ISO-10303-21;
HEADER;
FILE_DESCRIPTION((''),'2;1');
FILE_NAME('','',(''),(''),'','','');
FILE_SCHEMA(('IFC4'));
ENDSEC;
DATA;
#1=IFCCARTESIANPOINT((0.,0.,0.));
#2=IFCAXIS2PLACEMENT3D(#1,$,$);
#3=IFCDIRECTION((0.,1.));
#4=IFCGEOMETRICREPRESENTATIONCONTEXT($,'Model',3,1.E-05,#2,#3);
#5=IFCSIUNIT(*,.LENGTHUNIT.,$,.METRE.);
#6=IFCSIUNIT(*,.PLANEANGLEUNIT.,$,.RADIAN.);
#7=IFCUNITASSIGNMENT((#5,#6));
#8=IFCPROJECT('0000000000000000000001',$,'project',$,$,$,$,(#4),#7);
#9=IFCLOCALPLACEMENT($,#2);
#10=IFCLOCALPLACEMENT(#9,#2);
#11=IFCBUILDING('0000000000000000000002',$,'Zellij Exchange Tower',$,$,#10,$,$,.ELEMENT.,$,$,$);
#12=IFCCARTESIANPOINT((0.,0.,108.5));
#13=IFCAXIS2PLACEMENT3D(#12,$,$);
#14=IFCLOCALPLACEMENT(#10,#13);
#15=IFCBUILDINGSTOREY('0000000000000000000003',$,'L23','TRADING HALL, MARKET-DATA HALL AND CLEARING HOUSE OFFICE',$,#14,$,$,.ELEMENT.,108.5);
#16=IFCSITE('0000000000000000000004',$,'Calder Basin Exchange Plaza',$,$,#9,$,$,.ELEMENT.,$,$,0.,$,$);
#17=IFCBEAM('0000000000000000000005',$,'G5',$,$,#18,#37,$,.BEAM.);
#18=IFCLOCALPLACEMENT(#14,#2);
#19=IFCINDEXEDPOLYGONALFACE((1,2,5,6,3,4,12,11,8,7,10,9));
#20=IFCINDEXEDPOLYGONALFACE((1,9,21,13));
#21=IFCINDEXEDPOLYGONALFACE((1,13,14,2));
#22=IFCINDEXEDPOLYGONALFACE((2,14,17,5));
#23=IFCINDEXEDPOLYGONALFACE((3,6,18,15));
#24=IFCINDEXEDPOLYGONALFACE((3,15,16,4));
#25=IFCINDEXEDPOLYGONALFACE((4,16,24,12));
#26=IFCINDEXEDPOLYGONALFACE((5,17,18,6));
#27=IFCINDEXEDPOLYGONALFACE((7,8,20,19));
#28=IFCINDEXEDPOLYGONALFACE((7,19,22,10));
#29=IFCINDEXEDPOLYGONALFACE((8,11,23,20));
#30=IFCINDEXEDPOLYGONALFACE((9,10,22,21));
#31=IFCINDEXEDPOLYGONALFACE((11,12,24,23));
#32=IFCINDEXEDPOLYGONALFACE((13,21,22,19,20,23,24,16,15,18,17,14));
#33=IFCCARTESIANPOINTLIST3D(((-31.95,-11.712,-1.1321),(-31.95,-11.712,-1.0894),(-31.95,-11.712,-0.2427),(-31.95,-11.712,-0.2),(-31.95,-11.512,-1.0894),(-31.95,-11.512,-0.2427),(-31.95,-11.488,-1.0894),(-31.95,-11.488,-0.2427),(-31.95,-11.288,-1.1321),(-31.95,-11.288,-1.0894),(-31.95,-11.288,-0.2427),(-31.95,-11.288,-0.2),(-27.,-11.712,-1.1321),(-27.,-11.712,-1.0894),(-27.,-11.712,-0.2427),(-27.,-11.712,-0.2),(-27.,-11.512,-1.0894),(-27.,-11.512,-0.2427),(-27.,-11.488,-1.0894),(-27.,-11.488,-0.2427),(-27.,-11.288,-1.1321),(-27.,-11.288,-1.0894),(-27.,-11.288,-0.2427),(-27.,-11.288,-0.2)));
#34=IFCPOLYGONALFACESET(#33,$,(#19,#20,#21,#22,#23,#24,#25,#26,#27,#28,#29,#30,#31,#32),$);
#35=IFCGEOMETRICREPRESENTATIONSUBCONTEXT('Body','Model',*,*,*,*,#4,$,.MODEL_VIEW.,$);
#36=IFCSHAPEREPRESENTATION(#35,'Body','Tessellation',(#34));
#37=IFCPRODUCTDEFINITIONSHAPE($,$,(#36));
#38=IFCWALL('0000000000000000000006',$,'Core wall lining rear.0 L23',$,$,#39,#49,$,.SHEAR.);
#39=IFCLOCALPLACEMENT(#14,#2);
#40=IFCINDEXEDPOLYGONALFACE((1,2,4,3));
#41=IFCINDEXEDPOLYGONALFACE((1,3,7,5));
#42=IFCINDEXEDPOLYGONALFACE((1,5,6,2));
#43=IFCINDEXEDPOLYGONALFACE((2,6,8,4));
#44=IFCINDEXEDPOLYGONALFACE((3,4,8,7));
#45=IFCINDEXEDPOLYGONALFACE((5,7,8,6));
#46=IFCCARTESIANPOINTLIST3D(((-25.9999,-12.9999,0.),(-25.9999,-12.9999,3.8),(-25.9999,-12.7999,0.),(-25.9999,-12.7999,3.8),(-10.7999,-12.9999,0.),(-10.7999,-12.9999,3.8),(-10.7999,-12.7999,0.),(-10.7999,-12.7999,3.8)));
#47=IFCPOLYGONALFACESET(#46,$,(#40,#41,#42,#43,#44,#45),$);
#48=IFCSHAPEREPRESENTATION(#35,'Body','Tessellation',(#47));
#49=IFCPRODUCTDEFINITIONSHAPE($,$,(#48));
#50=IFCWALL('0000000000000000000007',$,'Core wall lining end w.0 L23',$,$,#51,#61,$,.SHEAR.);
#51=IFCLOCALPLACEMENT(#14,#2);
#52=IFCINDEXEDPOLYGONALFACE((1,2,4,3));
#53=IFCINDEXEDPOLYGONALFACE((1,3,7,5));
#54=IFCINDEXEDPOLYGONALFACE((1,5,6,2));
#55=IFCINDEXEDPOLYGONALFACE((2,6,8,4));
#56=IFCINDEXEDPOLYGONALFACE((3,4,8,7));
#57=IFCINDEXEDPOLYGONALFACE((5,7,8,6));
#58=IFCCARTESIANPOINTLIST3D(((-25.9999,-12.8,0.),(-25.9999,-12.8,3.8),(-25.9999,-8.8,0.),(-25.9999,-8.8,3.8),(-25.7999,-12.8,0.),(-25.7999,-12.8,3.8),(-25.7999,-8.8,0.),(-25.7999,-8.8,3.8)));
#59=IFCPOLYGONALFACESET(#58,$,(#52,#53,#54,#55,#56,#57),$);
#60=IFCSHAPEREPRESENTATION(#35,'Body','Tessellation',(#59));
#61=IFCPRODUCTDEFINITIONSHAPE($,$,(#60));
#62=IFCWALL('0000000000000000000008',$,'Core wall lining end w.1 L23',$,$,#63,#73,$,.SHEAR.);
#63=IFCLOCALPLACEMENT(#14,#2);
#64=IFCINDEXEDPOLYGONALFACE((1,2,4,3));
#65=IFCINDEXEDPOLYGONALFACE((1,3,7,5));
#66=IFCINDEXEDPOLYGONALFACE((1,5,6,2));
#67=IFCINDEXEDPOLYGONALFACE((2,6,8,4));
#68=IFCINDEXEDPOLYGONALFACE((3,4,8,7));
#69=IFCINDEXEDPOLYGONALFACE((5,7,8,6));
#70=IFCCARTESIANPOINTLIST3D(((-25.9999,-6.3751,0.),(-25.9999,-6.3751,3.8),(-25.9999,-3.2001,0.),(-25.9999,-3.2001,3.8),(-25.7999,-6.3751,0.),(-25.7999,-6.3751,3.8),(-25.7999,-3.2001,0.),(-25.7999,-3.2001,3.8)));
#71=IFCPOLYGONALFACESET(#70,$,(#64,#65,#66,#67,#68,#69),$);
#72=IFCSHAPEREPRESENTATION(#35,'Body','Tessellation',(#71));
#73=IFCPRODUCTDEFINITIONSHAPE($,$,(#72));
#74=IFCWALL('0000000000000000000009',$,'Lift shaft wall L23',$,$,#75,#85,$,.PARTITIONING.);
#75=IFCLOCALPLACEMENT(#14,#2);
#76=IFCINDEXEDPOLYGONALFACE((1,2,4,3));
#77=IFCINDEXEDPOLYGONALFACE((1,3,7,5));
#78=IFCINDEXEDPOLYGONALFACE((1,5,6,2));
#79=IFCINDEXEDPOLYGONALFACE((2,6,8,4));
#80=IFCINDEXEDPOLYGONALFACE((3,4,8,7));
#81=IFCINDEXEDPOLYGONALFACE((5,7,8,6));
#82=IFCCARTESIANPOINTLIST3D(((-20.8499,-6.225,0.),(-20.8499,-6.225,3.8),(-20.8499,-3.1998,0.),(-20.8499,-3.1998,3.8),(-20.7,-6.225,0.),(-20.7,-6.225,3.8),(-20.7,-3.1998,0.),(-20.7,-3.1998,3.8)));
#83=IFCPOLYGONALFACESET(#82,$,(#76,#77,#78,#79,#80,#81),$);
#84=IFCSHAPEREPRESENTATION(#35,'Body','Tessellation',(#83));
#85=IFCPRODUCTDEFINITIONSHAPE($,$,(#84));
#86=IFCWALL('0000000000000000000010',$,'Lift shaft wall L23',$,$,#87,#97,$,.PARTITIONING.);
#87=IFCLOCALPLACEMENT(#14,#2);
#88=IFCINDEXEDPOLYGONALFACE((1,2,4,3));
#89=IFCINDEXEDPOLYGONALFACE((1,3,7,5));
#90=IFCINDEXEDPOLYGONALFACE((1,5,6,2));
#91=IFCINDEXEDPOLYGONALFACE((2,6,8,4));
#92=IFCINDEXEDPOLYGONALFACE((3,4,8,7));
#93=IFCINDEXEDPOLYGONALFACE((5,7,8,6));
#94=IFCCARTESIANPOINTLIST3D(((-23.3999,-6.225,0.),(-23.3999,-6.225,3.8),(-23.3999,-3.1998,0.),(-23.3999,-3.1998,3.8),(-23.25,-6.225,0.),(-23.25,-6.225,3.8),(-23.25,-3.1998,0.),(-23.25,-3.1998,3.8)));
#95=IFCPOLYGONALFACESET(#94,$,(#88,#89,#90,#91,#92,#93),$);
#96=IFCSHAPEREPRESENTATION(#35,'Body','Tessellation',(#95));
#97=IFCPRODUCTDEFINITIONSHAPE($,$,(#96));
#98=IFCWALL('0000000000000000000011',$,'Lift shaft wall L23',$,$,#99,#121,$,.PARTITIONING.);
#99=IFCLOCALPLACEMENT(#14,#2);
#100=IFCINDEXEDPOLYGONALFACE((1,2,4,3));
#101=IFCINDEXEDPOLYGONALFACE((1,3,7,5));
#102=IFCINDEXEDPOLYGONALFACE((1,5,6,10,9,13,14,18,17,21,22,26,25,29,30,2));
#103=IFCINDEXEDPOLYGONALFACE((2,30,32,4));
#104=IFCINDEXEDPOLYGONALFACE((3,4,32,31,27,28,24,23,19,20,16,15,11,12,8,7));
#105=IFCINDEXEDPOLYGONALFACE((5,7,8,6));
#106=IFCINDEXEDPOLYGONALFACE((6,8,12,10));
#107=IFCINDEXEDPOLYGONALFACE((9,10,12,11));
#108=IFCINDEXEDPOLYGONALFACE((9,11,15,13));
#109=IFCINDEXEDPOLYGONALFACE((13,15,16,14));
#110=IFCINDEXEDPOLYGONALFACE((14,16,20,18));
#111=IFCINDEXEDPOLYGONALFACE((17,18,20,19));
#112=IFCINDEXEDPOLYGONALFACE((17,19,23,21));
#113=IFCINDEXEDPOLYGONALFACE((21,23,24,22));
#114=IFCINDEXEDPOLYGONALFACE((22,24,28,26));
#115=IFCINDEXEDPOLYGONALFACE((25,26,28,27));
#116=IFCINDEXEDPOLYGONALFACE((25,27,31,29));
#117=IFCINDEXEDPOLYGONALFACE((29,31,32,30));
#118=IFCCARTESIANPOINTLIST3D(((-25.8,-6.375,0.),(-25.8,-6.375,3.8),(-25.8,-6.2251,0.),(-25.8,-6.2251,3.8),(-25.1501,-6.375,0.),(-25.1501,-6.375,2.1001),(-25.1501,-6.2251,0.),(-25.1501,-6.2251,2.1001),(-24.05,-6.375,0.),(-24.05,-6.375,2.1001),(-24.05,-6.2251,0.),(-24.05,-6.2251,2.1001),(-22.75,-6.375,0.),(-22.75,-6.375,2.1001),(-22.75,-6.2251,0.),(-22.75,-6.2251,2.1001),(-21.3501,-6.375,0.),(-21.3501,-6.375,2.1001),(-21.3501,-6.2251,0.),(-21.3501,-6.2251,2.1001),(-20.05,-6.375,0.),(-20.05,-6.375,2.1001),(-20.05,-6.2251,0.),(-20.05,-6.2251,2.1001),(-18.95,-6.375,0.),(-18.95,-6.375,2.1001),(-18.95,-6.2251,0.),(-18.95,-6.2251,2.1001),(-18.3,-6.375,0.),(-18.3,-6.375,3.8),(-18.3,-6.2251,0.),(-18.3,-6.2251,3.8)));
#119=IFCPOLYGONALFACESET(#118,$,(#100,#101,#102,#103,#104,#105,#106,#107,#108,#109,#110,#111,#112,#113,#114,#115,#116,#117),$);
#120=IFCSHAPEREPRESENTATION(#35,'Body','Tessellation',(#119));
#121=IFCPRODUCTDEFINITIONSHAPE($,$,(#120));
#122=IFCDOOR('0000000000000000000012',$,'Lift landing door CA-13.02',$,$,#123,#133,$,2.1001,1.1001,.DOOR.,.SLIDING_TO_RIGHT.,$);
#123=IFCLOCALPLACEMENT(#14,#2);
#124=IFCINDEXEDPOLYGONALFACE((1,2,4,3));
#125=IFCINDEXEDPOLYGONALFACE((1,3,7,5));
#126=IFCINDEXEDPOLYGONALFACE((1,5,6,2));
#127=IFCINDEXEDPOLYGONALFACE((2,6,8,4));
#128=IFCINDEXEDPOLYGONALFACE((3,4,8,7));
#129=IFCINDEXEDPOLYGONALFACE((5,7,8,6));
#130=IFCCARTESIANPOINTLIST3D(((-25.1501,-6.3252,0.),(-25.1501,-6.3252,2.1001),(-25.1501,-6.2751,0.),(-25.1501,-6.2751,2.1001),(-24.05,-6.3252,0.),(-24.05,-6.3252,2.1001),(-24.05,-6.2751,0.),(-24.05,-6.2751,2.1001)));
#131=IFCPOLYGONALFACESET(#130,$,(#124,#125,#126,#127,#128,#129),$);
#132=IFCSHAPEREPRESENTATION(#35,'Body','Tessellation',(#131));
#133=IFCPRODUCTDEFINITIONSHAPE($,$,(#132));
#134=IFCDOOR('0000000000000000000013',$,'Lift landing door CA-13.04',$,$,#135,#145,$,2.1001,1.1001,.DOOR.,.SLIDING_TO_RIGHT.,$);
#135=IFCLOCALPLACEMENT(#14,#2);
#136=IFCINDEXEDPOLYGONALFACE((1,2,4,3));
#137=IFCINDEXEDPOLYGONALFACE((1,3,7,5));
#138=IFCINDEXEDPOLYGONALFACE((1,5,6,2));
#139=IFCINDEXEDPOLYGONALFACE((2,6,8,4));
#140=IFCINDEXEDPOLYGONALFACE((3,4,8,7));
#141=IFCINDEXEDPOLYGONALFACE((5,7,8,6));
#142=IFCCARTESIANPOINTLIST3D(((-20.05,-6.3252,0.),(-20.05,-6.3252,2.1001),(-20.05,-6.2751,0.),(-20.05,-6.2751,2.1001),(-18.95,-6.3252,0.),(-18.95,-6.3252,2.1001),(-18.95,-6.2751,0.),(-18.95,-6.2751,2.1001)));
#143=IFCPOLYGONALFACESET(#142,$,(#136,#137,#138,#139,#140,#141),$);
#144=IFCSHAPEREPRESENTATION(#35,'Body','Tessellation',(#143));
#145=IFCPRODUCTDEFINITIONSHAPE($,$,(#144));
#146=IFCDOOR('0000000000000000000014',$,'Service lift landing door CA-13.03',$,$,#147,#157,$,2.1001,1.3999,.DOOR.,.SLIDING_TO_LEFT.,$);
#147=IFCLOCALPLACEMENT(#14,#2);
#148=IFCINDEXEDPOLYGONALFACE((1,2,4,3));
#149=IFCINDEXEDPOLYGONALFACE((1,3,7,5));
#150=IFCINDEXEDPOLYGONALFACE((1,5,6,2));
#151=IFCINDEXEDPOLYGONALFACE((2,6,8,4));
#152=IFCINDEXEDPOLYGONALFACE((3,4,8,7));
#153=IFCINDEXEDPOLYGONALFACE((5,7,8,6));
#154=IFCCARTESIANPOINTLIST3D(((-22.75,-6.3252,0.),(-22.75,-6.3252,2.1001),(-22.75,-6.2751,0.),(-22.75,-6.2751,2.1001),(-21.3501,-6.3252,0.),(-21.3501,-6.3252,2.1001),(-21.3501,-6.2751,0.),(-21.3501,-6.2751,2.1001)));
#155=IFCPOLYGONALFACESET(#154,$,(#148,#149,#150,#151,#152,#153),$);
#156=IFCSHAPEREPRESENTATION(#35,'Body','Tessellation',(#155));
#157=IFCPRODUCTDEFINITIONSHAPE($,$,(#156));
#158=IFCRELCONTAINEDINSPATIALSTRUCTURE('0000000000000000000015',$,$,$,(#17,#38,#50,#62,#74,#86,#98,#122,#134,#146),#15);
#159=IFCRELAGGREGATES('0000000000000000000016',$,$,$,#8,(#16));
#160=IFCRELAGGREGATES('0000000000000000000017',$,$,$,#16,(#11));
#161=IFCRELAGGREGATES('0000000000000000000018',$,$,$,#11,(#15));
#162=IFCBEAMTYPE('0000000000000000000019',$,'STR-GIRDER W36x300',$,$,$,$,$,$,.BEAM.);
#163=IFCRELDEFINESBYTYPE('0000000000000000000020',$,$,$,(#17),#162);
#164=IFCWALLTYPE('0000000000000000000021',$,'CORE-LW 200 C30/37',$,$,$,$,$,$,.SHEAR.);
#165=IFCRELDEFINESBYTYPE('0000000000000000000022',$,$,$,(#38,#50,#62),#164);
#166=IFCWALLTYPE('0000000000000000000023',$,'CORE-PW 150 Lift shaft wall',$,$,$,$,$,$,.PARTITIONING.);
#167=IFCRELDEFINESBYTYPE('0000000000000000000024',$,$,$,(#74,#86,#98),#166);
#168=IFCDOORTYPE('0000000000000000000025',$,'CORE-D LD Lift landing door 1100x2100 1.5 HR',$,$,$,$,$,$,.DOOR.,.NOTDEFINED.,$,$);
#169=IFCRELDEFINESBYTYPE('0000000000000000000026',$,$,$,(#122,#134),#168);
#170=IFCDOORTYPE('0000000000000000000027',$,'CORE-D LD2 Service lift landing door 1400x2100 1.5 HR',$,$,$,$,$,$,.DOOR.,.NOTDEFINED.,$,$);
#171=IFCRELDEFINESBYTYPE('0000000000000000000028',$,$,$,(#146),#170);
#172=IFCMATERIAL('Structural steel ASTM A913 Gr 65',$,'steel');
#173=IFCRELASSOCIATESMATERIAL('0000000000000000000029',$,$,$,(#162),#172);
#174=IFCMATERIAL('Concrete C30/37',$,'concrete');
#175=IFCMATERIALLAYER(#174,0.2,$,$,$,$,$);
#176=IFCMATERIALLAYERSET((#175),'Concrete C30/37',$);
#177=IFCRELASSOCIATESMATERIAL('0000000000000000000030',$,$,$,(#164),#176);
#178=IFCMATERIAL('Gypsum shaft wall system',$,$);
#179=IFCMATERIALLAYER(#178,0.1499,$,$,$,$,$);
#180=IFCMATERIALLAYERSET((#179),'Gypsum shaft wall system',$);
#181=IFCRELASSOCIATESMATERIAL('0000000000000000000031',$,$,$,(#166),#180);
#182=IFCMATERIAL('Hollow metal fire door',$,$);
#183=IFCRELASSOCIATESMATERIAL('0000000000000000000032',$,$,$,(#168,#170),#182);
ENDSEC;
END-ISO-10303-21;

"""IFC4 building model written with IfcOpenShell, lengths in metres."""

from ifc_helpers import new_model, si_unit, direction, frame, frame_2d, origin, origin_2d, place, context, subcontext, project, spatial, rectangle, i_section, extrude, material, layer, layer_set, material_profile, profile_set, type_object, element, fill, save


model = new_model("IFC4")

# Units and contexts
model_context = context("Model", 3, precision=1e-05, world=origin(), true_north=direction((0.0, 1.0)))
body_context = subcontext(model_context, "Body", "Model", "MODEL_VIEW")
ifc_project = project(units=[si_unit("LENGTHUNIT", "METRE"), si_unit("PLANEANGLEUNIT", "RADIAN")], contexts=[model_context])

# Site, building, storey
site_placement = place(None, origin())
site = spatial("IfcSite", under=ifc_project, at=site_placement, Name="Calder Basin Exchange Plaza", CompositionType="ELEMENT", RefElevation=0.0)
building_placement = place(site_placement, origin())
building = spatial("IfcBuilding", under=site, at=building_placement, Name="Zellij Exchange Tower", CompositionType="ELEMENT")
storey_placement = place(building_placement, frame((0.0, 0.0, 108.5)))
storey = spatial("IfcBuildingStorey", under=building, at=storey_placement, Name="L23", Description="TRADING HALL, MARKET-DATA HALL AND CLEARING HOUSE OFFICE", CompositionType="ELEMENT", Elevation=108.5)

# Beam
ifc_material_1 = material(Name="Structural steel ASTM A913 Gr 65", Category="steel")
ifc_material_profile = material_profile(ifc_material_1, i_section(OverallWidth=0.4241, OverallDepth=0.9321, WebThickness=0.0239, FlangeThickness=0.0427, at=origin_2d()), Name="W36x300")
ifc_profile_set = profile_set([ifc_material_profile], Name="Structural steel ASTM A913 Gr 65")
beam_type = type_object("IfcBeamType", Name="STR-GIRDER W36x300", PredefinedType="BEAM", material=ifc_profile_set)
beam_placement = place(storey_placement, frame((-31.95, -11.5, -0.666), z_axis=(1.0, 0.0, 0.0), x_axis=(0.0, 1.0, 0.0)))
element("IfcBeam", 1, at=beam_placement, inside=storey, type_object=beam_type, Name="G5", PredefinedType="BEAM", context=body_context, shape_type="SweptSolid", body=[
    extrude(i_section(OverallWidth=0.4241, OverallDepth=0.9321, WebThickness=0.0239, FlangeThickness=0.0427, at=origin_2d()), origin(), (0.0, 0.0, 1.0), 4.95),
])

# Walls
ifc_material_2 = material(Name="Concrete C30/37", Category="concrete")
ifc_layer_1 = layer(ifc_material_2, 0.2)
ifc_layer_set_1 = layer_set([ifc_layer_1], Name="Concrete C30/37")
wall_type_1 = type_object("IfcWallType", Name="CORE-LW 200 C30/37", PredefinedType="SHEAR", material=ifc_layer_set_1)
wall_1_placement = place(storey_placement, frame((-26.0, -12.8999, 0.0), z_axis=(0.0, 0.0, 1.0), x_axis=(1.0, 0.0, 0.0)))
element("IfcWall", 2, at=wall_1_placement, inside=storey, type_object=wall_type_1, Name="Core wall lining rear.0 L23", PredefinedType="SHEAR", context=body_context, shape_type="SweptSolid", body=[
    extrude(rectangle(XDim=15.2, YDim=0.2, at=frame_2d((7.6001, 0.0))), origin(), (0.0, 0.0, 1.0), 3.8),
])
wall_2_placement = place(storey_placement, frame((-25.8999, -12.8, 0.0), z_axis=(0.0, 0.0, 1.0), x_axis=(0.0, 1.0, 0.0)))
element("IfcWall", 3, at=wall_2_placement, inside=storey, type_object=wall_type_1, Name="Core wall lining end w.0 L23", PredefinedType="SHEAR", context=body_context, shape_type="SweptSolid", body=[
    extrude(rectangle(XDim=4.0, YDim=0.2, at=frame_2d((2.0, 0.0))), origin(), (0.0, 0.0, 1.0), 3.8),
])
wall_3_placement = place(storey_placement, frame((-25.8999, -6.375, 0.0), z_axis=(0.0, 0.0, 1.0), x_axis=(0.0, 1.0, 0.0)))
element("IfcWall", 4, at=wall_3_placement, inside=storey, type_object=wall_type_1, Name="Core wall lining end w.1 L23", PredefinedType="SHEAR", context=body_context, shape_type="SweptSolid", body=[
    extrude(rectangle(XDim=3.175, YDim=0.2, at=frame_2d((1.5874, 0.0))), origin(), (0.0, 0.0, 1.0), 3.8),
])
ifc_material_3 = material(Name="Gypsum shaft wall system")
ifc_layer_2 = layer(ifc_material_3, 0.1499)
ifc_layer_set_2 = layer_set([ifc_layer_2], Name="Gypsum shaft wall system")
wall_type_2 = type_object("IfcWallType", Name="CORE-PW 150 Lift shaft wall", PredefinedType="PARTITIONING", material=ifc_layer_set_2)
for number, where, z_axis, x_axis, name in (
    (5, (-20.7749, -6.2251, 0.0), (0.0, 0.0, 1.0), (0.0, 1.0, 0.0), "Lift shaft wall L23"),
    (6, (-23.325, -6.2251, 0.0), (0.0, 0.0, 1.0), (0.0, 1.0, 0.0), "Lift shaft wall L23"),
):
    element("IfcWall", number, at=place(storey_placement, frame(where, z_axis=z_axis, x_axis=x_axis)), inside=storey, type_object=wall_type_2, Name=name, PredefinedType="PARTITIONING", context=body_context, shape_type="SweptSolid", body=[
        extrude(rectangle(XDim=3.0251, YDim=0.1499, at=frame_2d((1.5127, 0.0))), origin(), (0.0, 0.0, 1.0), 3.8),
    ])

# Wall, openings, doors
wall_4_placement = place(storey_placement, frame((-25.8, -6.3, 0.0), z_axis=(0.0, 0.0, 1.0), x_axis=(1.0, 0.0, 0.0)))
wall_4 = element("IfcWall", 7, at=wall_4_placement, inside=storey, type_object=wall_type_2, Name="Lift shaft wall L23", PredefinedType="PARTITIONING", context=body_context, shape_type="SweptSolid", body=[
    extrude(rectangle(XDim=7.5, YDim=0.1499, at=frame_2d((3.75, 0.0))), origin(), (0.0, 0.0, 1.0), 3.8),
])
opening_1_placement = place(wall_4_placement, frame((0.6499, 0.0, 0.0)))
opening_1 = element("IfcOpeningElement", 8, at=opening_1_placement, cuts=wall_4, PredefinedType="OPENING", context=body_context, shape_type="SweptSolid", body=[
    extrude(rectangle(XDim=1.1001, YDim=2.1001, at=frame_2d((0.55, 1.05))), frame((0.0, 0.0869, 0.0), z_axis=(0.0, -1.0, 0.0), x_axis=(1.0, 0.0, 0.0)), (0.0, 0.0, 1.0), 0.1738),
])
opening_2_placement = place(wall_4_placement, frame((3.05, 0.0, 0.0)))
opening_2 = element("IfcOpeningElement", 9, at=opening_2_placement, cuts=wall_4, PredefinedType="OPENING", context=body_context, shape_type="SweptSolid", body=[
    extrude(rectangle(XDim=1.3999, YDim=2.1001, at=frame_2d((0.7, 1.05))), frame((0.0, 0.0869, 0.0), z_axis=(0.0, -1.0, 0.0), x_axis=(1.0, 0.0, 0.0)), (0.0, 0.0, 1.0), 0.1738),
])
opening_3_placement = place(wall_4_placement, frame((5.75, 0.0, 0.0)))
opening_3 = element("IfcOpeningElement", 10, at=opening_3_placement, cuts=wall_4, PredefinedType="OPENING", context=body_context, shape_type="SweptSolid", body=[
    extrude(rectangle(XDim=1.1001, YDim=2.1001, at=frame_2d((0.55, 1.05))), frame((0.0, 0.0869, 0.0), z_axis=(0.0, -1.0, 0.0), x_axis=(1.0, 0.0, 0.0)), (0.0, 0.0, 1.0), 0.1738),
])
ifc_material_4 = material(Name="Hollow metal fire door")
door_type_1 = type_object("IfcDoorType", Name="CORE-D LD Lift landing door 1100x2100 1.5 HR", OperationType="NOTDEFINED", PredefinedType="DOOR", material=ifc_material_4)
door_1_placement = place(opening_1_placement, origin())
door_1 = element("IfcDoor", 11, at=door_1_placement, inside=storey, type_object=door_type_1, Name="Lift landing door CA-13.02", OperationType="SLIDING_TO_RIGHT", OverallHeight=2.1001, OverallWidth=1.1001, PredefinedType="DOOR", context=body_context, shape_type="SweptSolid", body=[
    extrude(rectangle(XDim=1.1001, YDim=2.1001, at=frame_2d((0.55, 1.05))), frame((0.0, 0.0249, 0.0), z_axis=(0.0, -1.0, 0.0), x_axis=(1.0, 0.0, 0.0)), (0.0, 0.0, 1.0), 0.05),
])
fill(opening_1, door_1)
door_2_placement = place(opening_3_placement, origin())
door_2 = element("IfcDoor", 12, at=door_2_placement, inside=storey, type_object=door_type_1, Name="Lift landing door CA-13.04", OperationType="SLIDING_TO_RIGHT", OverallHeight=2.1001, OverallWidth=1.1001, PredefinedType="DOOR", context=body_context, shape_type="SweptSolid", body=[
    extrude(rectangle(XDim=1.1001, YDim=2.1001, at=frame_2d((0.55, 1.05))), frame((0.0, 0.0249, 0.0), z_axis=(0.0, -1.0, 0.0), x_axis=(1.0, 0.0, 0.0)), (0.0, 0.0, 1.0), 0.05),
])
fill(opening_3, door_2)
door_type_2 = type_object("IfcDoorType", Name="CORE-D LD2 Service lift landing door 1400x2100 1.5 HR", OperationType="NOTDEFINED", PredefinedType="DOOR", material=ifc_material_4)
door_3_placement = place(opening_2_placement, origin())
door_3 = element("IfcDoor", 13, at=door_3_placement, inside=storey, type_object=door_type_2, Name="Service lift landing door CA-13.03", OperationType="SLIDING_TO_LEFT", OverallHeight=2.1001, OverallWidth=1.3999, PredefinedType="DOOR", context=body_context, shape_type="SweptSolid", body=[
    extrude(rectangle(XDim=1.3999, YDim=2.1001, at=frame_2d((0.7, 1.05))), frame((0.0, 0.0249, 0.0), z_axis=(0.0, -1.0, 0.0), x_axis=(1.0, 0.0, 0.0)), (0.0, 0.0, 1.0), 0.05),
])
fill(opening_2, door_3)

save(model, "model.ifc")
